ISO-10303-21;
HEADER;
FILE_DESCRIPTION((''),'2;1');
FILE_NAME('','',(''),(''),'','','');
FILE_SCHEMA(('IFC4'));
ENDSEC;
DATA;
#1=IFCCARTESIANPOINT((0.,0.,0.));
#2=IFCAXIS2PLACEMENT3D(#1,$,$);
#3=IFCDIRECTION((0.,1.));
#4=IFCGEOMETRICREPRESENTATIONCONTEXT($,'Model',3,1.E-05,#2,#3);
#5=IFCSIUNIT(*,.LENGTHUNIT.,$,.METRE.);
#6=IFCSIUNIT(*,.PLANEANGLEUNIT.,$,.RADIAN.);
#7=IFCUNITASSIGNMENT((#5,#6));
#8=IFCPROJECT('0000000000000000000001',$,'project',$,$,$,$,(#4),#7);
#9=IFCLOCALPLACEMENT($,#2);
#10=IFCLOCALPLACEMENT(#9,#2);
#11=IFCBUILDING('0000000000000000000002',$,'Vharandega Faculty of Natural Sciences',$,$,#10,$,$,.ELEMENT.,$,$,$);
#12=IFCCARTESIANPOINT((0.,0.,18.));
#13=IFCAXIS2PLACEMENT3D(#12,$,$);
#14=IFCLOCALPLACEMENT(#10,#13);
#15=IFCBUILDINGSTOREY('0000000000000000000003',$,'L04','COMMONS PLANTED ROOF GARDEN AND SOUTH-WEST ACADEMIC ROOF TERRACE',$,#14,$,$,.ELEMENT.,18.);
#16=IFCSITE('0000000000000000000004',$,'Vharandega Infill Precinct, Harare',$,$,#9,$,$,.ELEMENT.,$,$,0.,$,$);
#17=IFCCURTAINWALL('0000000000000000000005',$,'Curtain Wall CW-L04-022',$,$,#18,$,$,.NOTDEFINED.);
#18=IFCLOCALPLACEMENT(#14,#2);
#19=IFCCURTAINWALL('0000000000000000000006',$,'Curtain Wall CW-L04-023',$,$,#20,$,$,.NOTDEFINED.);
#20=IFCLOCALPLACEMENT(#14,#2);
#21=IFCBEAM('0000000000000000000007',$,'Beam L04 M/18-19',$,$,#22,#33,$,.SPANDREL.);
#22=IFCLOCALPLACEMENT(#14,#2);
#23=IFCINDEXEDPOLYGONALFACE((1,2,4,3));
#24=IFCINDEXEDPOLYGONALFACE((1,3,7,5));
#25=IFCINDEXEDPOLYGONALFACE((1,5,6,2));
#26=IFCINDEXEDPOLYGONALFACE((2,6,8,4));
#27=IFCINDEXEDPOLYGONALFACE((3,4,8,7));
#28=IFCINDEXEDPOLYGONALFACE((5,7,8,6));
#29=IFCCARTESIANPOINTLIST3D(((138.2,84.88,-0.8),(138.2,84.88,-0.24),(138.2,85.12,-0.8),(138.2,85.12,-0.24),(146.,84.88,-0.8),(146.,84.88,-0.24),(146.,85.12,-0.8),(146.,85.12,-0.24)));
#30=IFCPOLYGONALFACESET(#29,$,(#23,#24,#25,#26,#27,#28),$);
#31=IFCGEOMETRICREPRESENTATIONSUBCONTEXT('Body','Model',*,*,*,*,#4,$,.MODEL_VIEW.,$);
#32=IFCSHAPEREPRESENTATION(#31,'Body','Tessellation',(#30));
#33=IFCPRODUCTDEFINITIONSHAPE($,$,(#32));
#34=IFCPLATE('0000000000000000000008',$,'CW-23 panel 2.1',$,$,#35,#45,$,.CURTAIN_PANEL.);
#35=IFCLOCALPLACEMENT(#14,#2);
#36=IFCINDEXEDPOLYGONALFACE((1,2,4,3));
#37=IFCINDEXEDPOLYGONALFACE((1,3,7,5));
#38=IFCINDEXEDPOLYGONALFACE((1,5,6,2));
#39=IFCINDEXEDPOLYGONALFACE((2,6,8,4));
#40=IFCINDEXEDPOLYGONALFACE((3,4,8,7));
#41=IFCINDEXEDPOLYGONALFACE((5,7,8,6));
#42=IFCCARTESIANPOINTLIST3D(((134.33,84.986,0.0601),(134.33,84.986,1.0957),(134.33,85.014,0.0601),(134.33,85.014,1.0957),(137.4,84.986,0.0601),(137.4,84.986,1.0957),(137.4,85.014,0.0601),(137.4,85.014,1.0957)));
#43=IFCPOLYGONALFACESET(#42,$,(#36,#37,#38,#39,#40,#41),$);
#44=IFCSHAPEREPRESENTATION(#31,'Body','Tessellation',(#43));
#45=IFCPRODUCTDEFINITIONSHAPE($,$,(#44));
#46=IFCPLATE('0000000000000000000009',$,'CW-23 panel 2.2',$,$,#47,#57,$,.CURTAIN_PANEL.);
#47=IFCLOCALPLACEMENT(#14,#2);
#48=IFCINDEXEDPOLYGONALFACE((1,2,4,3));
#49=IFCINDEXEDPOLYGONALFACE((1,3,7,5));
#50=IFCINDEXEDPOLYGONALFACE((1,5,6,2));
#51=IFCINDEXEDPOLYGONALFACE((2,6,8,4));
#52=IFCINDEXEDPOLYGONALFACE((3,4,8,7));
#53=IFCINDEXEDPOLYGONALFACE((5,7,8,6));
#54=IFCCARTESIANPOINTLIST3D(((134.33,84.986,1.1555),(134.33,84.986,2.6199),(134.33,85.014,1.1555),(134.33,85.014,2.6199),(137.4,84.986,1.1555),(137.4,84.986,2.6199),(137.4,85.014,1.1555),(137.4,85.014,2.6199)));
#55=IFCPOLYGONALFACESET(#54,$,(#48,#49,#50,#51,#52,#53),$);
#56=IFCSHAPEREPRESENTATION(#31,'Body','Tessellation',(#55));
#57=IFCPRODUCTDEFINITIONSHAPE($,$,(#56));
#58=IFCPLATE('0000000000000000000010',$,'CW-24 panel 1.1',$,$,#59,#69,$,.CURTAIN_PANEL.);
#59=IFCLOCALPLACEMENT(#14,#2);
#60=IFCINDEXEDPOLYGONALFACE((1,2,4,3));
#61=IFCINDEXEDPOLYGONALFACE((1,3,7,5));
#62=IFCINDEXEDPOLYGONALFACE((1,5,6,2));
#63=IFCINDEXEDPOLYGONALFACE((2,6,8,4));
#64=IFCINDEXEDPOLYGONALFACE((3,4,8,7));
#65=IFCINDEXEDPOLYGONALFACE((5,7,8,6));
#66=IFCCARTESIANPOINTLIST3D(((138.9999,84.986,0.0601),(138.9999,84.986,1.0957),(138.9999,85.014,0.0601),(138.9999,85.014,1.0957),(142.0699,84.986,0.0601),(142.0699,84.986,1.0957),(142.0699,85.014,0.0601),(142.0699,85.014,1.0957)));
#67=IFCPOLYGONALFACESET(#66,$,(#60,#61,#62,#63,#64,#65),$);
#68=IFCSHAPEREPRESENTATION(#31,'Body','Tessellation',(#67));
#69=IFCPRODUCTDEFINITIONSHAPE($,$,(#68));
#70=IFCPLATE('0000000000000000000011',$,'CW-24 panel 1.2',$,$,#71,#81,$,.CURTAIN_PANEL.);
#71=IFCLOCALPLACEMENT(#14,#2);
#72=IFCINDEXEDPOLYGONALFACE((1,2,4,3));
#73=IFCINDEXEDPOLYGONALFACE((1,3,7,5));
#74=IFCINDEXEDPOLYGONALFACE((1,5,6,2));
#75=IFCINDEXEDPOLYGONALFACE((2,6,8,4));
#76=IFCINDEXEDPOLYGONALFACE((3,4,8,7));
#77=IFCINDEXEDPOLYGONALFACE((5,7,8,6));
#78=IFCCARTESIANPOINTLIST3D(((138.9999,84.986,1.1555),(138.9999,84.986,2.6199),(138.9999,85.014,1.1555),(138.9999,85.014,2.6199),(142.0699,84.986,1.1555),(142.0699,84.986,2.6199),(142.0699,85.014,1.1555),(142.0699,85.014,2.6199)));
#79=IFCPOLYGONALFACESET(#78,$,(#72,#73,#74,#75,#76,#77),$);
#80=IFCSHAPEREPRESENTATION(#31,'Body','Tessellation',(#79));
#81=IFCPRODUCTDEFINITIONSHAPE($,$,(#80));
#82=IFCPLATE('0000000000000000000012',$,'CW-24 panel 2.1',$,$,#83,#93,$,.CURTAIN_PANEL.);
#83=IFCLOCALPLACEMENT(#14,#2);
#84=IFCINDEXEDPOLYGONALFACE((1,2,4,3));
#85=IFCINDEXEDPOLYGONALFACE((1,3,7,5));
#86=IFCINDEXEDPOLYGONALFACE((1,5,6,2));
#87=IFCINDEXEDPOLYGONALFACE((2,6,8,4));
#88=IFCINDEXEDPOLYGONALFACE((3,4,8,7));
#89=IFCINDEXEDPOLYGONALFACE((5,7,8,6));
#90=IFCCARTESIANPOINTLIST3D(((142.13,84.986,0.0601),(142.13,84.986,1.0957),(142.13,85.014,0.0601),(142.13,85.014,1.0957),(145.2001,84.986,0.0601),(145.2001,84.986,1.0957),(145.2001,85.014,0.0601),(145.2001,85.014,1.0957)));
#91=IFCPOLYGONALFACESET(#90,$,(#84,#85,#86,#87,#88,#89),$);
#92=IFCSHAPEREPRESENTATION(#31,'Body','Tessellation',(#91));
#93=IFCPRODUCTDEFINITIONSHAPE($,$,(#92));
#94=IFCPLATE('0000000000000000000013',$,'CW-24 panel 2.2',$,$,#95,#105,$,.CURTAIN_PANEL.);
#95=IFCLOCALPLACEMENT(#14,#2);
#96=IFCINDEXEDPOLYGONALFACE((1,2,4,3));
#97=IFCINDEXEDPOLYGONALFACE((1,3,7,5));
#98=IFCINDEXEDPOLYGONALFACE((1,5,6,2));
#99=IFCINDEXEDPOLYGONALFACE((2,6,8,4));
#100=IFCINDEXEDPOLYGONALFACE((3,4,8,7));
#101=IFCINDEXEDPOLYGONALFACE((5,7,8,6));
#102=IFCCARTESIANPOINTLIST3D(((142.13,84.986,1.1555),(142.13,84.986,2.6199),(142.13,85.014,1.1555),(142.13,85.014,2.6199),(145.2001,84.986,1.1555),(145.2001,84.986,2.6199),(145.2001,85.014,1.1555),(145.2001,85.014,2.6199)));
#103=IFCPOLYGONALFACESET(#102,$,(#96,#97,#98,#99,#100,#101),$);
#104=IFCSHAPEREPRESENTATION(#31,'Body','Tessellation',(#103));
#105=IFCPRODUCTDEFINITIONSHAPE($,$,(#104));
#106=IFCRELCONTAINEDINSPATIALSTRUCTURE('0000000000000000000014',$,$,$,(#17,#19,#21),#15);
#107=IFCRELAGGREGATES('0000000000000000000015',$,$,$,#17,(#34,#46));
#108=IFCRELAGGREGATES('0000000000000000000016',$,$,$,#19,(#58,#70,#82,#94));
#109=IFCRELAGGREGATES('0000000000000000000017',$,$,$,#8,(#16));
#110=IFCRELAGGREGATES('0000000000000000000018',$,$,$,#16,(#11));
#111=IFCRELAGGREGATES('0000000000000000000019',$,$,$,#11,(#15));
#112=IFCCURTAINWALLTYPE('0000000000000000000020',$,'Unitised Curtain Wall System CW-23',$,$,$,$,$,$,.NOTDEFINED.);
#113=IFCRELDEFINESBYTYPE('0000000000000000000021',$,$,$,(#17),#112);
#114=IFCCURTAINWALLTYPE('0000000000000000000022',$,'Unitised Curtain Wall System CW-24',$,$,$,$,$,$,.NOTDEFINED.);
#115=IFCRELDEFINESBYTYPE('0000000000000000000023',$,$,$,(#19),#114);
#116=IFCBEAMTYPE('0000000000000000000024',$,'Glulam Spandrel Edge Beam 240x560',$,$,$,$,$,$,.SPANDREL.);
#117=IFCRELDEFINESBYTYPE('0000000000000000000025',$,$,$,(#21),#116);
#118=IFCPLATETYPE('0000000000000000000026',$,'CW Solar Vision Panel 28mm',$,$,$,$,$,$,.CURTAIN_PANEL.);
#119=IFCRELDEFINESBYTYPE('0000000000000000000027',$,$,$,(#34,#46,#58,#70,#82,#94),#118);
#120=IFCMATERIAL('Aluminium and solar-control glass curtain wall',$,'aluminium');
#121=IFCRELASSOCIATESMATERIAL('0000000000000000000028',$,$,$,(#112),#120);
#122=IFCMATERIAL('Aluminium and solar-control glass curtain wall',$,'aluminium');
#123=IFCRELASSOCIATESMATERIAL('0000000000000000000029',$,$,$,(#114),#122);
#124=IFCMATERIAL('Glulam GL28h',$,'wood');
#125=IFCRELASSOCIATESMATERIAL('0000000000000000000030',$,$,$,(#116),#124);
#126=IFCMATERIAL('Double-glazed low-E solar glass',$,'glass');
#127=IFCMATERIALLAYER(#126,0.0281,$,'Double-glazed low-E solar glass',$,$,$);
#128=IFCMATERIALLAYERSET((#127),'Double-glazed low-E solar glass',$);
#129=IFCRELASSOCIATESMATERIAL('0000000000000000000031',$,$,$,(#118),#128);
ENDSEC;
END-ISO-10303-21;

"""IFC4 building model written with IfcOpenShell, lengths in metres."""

from ifc_helpers import new_model, si_unit, direction, frame, origin, origin_2d, place, context, subcontext, project, spatial, rectangle, extrude, material, layer, layer_set, material_profile, profile_set, type_object, element, aggregate, save


model = new_model("IFC4")

# Units and contexts
model_context = context("Model", 3, precision=1e-05, world=origin(), true_north=direction((0.0, 1.0)))
body_context = subcontext(model_context, "Body", "Model", "MODEL_VIEW")
ifc_project = project(units=[si_unit("LENGTHUNIT", "METRE"), si_unit("PLANEANGLEUNIT", "RADIAN")], contexts=[model_context])

# Site, building, storey
site_placement = place(None, origin())
site = spatial("IfcSite", under=ifc_project, at=site_placement, Name="Vharandega Infill Precinct, Harare", CompositionType="ELEMENT", RefElevation=0.0)
building_placement = place(site_placement, origin())
building = spatial("IfcBuilding", under=site, at=building_placement, Name="Vharandega Faculty of Natural Sciences", CompositionType="ELEMENT")
storey_placement = place(building_placement, frame((0.0, 0.0, 18.0)))
storey = spatial("IfcBuildingStorey", under=building, at=storey_placement, Name="L04", Description="COMMONS PLANTED ROOF GARDEN AND SOUTH-WEST ACADEMIC ROOF TERRACE", CompositionType="ELEMENT", Elevation=18.0)

# Curtain wall
ifc_material_1 = material(Name="Aluminium and solar-control glass curtain wall", Category="aluminium")
curtain_wall_type_1 = type_object("IfcCurtainWallType", Name="Unitised Curtain Wall System CW-23", PredefinedType="NOTDEFINED", material=ifc_material_1)
curtain_wall_1_placement = place(storey_placement, origin())
curtain_wall_1 = element("IfcCurtainWall", 1, at=curtain_wall_1_placement, inside=storey, type_object=curtain_wall_type_1, Name="Curtain Wall CW-L04-022", PredefinedType="NOTDEFINED")

# Curtain wall
ifc_material_2 = material(Name="Aluminium and solar-control glass curtain wall", Category="aluminium")
curtain_wall_type_2 = type_object("IfcCurtainWallType", Name="Unitised Curtain Wall System CW-24", PredefinedType="NOTDEFINED", material=ifc_material_2)
curtain_wall_2_placement = place(storey_placement, origin())
curtain_wall_2 = element("IfcCurtainWall", 2, at=curtain_wall_2_placement, inside=storey, type_object=curtain_wall_type_2, Name="Curtain Wall CW-L04-023", PredefinedType="NOTDEFINED")

# Beam
ifc_material_3 = material(Name="Glulam GL28h", Category="wood")
ifc_material_profile_1 = material_profile(ifc_material_3, rectangle(XDim=0.24, YDim=0.5601, at=origin_2d()), Name="GL28h 240x560")
ifc_profile_set_1 = profile_set([ifc_material_profile_1], Name="Glulam GL28h")
beam_type = type_object("IfcBeamType", Name="Glulam Spandrel Edge Beam 240x560", PredefinedType="SPANDREL", material=ifc_profile_set_1)
beam_placement = place(storey_placement, frame((138.2, 85.0, -0.52), z_axis=(1.0, 0.0, 0.0), x_axis=(0.0, 1.0, 0.0)))
element("IfcBeam", 3, at=beam_placement, inside=storey, type_object=beam_type, Name="Beam L04 M/18-19", PredefinedType="SPANDREL", context=body_context, shape_type="SweptSolid", body=[
    extrude(rectangle(XDim=0.24, YDim=0.5601, at=origin_2d()), origin(), (0.0, 0.0, 1.0), 7.8),
])

# Plates
ifc_material_4 = material(Name="Double-glazed low-E solar glass", Category="glass")
ifc_layer = layer(ifc_material_4, 0.0281, Name="Double-glazed low-E solar glass")
ifc_layer_set = layer_set([ifc_layer], Name="Double-glazed low-E solar glass")
plate_type = type_object("IfcPlateType", Name="CW Solar Vision Panel 28mm", PredefinedType="CURTAIN_PANEL", material=ifc_layer_set)
plate_1_placement = place(storey_placement, frame((135.865, 85.0, 0.0601), z_axis=(0.0, 0.0, 1.0), x_axis=(1.0, 0.0, 0.0)))
plate_1 = element("IfcPlate", 4, at=plate_1_placement, type_object=plate_type, Name="CW-23 panel 2.1", PredefinedType="CURTAIN_PANEL", context=body_context, shape_type="SweptSolid", body=[
    extrude(rectangle(XDim=3.0701, YDim=0.0281, at=origin_2d()), origin(), (0.0, 0.0, 1.0), 1.0356),
])
plate_2_placement = place(storey_placement, frame((135.865, 85.0, 1.1555), z_axis=(0.0, 0.0, 1.0), x_axis=(1.0, 0.0, 0.0)))
plate_2 = element("IfcPlate", 5, at=plate_2_placement, type_object=plate_type, Name="CW-23 panel 2.2", PredefinedType="CURTAIN_PANEL", context=body_context, shape_type="SweptSolid", body=[
    extrude(rectangle(XDim=3.0701, YDim=0.0281, at=origin_2d()), origin(), (0.0, 0.0, 1.0), 1.4644),
])
aggregate(curtain_wall_1, [plate_1, plate_2])
plate_3_placement = place(storey_placement, frame((140.5349, 85.0, 0.0601), z_axis=(0.0, 0.0, 1.0), x_axis=(1.0, 0.0, 0.0)))
plate_3 = element("IfcPlate", 6, at=plate_3_placement, type_object=plate_type, Name="CW-24 panel 1.1", PredefinedType="CURTAIN_PANEL", context=body_context, shape_type="SweptSolid", body=[
    extrude(rectangle(XDim=3.0701, YDim=0.0281, at=origin_2d()), origin(), (0.0, 0.0, 1.0), 1.0356),
])
plate_4_placement = place(storey_placement, frame((140.5349, 85.0, 1.1555), z_axis=(0.0, 0.0, 1.0), x_axis=(1.0, 0.0, 0.0)))
plate_4 = element("IfcPlate", 7, at=plate_4_placement, type_object=plate_type, Name="CW-24 panel 1.2", PredefinedType="CURTAIN_PANEL", context=body_context, shape_type="SweptSolid", body=[
    extrude(rectangle(XDim=3.0701, YDim=0.0281, at=origin_2d()), origin(), (0.0, 0.0, 1.0), 1.4644),
])
plate_5_placement = place(storey_placement, frame((143.665, 85.0, 0.0601), z_axis=(0.0, 0.0, 1.0), x_axis=(1.0, 0.0, 0.0)))
plate_5 = element("IfcPlate", 8, at=plate_5_placement, type_object=plate_type, Name="CW-24 panel 2.1", PredefinedType="CURTAIN_PANEL", context=body_context, shape_type="SweptSolid", body=[
    extrude(rectangle(XDim=3.0701, YDim=0.0281, at=origin_2d()), origin(), (0.0, 0.0, 1.0), 1.0356),
])
plate_6_placement = place(storey_placement, frame((143.665, 85.0, 1.1555), z_axis=(0.0, 0.0, 1.0), x_axis=(1.0, 0.0, 0.0)))
plate_6 = element("IfcPlate", 9, at=plate_6_placement, type_object=plate_type, Name="CW-24 panel 2.2", PredefinedType="CURTAIN_PANEL", context=body_context, shape_type="SweptSolid", body=[
    extrude(rectangle(XDim=3.0701, YDim=0.0281, at=origin_2d()), origin(), (0.0, 0.0, 1.0), 1.4644),
])
aggregate(curtain_wall_2, [plate_3, plate_4, plate_5, plate_6])

save(model, "model.ifc")
